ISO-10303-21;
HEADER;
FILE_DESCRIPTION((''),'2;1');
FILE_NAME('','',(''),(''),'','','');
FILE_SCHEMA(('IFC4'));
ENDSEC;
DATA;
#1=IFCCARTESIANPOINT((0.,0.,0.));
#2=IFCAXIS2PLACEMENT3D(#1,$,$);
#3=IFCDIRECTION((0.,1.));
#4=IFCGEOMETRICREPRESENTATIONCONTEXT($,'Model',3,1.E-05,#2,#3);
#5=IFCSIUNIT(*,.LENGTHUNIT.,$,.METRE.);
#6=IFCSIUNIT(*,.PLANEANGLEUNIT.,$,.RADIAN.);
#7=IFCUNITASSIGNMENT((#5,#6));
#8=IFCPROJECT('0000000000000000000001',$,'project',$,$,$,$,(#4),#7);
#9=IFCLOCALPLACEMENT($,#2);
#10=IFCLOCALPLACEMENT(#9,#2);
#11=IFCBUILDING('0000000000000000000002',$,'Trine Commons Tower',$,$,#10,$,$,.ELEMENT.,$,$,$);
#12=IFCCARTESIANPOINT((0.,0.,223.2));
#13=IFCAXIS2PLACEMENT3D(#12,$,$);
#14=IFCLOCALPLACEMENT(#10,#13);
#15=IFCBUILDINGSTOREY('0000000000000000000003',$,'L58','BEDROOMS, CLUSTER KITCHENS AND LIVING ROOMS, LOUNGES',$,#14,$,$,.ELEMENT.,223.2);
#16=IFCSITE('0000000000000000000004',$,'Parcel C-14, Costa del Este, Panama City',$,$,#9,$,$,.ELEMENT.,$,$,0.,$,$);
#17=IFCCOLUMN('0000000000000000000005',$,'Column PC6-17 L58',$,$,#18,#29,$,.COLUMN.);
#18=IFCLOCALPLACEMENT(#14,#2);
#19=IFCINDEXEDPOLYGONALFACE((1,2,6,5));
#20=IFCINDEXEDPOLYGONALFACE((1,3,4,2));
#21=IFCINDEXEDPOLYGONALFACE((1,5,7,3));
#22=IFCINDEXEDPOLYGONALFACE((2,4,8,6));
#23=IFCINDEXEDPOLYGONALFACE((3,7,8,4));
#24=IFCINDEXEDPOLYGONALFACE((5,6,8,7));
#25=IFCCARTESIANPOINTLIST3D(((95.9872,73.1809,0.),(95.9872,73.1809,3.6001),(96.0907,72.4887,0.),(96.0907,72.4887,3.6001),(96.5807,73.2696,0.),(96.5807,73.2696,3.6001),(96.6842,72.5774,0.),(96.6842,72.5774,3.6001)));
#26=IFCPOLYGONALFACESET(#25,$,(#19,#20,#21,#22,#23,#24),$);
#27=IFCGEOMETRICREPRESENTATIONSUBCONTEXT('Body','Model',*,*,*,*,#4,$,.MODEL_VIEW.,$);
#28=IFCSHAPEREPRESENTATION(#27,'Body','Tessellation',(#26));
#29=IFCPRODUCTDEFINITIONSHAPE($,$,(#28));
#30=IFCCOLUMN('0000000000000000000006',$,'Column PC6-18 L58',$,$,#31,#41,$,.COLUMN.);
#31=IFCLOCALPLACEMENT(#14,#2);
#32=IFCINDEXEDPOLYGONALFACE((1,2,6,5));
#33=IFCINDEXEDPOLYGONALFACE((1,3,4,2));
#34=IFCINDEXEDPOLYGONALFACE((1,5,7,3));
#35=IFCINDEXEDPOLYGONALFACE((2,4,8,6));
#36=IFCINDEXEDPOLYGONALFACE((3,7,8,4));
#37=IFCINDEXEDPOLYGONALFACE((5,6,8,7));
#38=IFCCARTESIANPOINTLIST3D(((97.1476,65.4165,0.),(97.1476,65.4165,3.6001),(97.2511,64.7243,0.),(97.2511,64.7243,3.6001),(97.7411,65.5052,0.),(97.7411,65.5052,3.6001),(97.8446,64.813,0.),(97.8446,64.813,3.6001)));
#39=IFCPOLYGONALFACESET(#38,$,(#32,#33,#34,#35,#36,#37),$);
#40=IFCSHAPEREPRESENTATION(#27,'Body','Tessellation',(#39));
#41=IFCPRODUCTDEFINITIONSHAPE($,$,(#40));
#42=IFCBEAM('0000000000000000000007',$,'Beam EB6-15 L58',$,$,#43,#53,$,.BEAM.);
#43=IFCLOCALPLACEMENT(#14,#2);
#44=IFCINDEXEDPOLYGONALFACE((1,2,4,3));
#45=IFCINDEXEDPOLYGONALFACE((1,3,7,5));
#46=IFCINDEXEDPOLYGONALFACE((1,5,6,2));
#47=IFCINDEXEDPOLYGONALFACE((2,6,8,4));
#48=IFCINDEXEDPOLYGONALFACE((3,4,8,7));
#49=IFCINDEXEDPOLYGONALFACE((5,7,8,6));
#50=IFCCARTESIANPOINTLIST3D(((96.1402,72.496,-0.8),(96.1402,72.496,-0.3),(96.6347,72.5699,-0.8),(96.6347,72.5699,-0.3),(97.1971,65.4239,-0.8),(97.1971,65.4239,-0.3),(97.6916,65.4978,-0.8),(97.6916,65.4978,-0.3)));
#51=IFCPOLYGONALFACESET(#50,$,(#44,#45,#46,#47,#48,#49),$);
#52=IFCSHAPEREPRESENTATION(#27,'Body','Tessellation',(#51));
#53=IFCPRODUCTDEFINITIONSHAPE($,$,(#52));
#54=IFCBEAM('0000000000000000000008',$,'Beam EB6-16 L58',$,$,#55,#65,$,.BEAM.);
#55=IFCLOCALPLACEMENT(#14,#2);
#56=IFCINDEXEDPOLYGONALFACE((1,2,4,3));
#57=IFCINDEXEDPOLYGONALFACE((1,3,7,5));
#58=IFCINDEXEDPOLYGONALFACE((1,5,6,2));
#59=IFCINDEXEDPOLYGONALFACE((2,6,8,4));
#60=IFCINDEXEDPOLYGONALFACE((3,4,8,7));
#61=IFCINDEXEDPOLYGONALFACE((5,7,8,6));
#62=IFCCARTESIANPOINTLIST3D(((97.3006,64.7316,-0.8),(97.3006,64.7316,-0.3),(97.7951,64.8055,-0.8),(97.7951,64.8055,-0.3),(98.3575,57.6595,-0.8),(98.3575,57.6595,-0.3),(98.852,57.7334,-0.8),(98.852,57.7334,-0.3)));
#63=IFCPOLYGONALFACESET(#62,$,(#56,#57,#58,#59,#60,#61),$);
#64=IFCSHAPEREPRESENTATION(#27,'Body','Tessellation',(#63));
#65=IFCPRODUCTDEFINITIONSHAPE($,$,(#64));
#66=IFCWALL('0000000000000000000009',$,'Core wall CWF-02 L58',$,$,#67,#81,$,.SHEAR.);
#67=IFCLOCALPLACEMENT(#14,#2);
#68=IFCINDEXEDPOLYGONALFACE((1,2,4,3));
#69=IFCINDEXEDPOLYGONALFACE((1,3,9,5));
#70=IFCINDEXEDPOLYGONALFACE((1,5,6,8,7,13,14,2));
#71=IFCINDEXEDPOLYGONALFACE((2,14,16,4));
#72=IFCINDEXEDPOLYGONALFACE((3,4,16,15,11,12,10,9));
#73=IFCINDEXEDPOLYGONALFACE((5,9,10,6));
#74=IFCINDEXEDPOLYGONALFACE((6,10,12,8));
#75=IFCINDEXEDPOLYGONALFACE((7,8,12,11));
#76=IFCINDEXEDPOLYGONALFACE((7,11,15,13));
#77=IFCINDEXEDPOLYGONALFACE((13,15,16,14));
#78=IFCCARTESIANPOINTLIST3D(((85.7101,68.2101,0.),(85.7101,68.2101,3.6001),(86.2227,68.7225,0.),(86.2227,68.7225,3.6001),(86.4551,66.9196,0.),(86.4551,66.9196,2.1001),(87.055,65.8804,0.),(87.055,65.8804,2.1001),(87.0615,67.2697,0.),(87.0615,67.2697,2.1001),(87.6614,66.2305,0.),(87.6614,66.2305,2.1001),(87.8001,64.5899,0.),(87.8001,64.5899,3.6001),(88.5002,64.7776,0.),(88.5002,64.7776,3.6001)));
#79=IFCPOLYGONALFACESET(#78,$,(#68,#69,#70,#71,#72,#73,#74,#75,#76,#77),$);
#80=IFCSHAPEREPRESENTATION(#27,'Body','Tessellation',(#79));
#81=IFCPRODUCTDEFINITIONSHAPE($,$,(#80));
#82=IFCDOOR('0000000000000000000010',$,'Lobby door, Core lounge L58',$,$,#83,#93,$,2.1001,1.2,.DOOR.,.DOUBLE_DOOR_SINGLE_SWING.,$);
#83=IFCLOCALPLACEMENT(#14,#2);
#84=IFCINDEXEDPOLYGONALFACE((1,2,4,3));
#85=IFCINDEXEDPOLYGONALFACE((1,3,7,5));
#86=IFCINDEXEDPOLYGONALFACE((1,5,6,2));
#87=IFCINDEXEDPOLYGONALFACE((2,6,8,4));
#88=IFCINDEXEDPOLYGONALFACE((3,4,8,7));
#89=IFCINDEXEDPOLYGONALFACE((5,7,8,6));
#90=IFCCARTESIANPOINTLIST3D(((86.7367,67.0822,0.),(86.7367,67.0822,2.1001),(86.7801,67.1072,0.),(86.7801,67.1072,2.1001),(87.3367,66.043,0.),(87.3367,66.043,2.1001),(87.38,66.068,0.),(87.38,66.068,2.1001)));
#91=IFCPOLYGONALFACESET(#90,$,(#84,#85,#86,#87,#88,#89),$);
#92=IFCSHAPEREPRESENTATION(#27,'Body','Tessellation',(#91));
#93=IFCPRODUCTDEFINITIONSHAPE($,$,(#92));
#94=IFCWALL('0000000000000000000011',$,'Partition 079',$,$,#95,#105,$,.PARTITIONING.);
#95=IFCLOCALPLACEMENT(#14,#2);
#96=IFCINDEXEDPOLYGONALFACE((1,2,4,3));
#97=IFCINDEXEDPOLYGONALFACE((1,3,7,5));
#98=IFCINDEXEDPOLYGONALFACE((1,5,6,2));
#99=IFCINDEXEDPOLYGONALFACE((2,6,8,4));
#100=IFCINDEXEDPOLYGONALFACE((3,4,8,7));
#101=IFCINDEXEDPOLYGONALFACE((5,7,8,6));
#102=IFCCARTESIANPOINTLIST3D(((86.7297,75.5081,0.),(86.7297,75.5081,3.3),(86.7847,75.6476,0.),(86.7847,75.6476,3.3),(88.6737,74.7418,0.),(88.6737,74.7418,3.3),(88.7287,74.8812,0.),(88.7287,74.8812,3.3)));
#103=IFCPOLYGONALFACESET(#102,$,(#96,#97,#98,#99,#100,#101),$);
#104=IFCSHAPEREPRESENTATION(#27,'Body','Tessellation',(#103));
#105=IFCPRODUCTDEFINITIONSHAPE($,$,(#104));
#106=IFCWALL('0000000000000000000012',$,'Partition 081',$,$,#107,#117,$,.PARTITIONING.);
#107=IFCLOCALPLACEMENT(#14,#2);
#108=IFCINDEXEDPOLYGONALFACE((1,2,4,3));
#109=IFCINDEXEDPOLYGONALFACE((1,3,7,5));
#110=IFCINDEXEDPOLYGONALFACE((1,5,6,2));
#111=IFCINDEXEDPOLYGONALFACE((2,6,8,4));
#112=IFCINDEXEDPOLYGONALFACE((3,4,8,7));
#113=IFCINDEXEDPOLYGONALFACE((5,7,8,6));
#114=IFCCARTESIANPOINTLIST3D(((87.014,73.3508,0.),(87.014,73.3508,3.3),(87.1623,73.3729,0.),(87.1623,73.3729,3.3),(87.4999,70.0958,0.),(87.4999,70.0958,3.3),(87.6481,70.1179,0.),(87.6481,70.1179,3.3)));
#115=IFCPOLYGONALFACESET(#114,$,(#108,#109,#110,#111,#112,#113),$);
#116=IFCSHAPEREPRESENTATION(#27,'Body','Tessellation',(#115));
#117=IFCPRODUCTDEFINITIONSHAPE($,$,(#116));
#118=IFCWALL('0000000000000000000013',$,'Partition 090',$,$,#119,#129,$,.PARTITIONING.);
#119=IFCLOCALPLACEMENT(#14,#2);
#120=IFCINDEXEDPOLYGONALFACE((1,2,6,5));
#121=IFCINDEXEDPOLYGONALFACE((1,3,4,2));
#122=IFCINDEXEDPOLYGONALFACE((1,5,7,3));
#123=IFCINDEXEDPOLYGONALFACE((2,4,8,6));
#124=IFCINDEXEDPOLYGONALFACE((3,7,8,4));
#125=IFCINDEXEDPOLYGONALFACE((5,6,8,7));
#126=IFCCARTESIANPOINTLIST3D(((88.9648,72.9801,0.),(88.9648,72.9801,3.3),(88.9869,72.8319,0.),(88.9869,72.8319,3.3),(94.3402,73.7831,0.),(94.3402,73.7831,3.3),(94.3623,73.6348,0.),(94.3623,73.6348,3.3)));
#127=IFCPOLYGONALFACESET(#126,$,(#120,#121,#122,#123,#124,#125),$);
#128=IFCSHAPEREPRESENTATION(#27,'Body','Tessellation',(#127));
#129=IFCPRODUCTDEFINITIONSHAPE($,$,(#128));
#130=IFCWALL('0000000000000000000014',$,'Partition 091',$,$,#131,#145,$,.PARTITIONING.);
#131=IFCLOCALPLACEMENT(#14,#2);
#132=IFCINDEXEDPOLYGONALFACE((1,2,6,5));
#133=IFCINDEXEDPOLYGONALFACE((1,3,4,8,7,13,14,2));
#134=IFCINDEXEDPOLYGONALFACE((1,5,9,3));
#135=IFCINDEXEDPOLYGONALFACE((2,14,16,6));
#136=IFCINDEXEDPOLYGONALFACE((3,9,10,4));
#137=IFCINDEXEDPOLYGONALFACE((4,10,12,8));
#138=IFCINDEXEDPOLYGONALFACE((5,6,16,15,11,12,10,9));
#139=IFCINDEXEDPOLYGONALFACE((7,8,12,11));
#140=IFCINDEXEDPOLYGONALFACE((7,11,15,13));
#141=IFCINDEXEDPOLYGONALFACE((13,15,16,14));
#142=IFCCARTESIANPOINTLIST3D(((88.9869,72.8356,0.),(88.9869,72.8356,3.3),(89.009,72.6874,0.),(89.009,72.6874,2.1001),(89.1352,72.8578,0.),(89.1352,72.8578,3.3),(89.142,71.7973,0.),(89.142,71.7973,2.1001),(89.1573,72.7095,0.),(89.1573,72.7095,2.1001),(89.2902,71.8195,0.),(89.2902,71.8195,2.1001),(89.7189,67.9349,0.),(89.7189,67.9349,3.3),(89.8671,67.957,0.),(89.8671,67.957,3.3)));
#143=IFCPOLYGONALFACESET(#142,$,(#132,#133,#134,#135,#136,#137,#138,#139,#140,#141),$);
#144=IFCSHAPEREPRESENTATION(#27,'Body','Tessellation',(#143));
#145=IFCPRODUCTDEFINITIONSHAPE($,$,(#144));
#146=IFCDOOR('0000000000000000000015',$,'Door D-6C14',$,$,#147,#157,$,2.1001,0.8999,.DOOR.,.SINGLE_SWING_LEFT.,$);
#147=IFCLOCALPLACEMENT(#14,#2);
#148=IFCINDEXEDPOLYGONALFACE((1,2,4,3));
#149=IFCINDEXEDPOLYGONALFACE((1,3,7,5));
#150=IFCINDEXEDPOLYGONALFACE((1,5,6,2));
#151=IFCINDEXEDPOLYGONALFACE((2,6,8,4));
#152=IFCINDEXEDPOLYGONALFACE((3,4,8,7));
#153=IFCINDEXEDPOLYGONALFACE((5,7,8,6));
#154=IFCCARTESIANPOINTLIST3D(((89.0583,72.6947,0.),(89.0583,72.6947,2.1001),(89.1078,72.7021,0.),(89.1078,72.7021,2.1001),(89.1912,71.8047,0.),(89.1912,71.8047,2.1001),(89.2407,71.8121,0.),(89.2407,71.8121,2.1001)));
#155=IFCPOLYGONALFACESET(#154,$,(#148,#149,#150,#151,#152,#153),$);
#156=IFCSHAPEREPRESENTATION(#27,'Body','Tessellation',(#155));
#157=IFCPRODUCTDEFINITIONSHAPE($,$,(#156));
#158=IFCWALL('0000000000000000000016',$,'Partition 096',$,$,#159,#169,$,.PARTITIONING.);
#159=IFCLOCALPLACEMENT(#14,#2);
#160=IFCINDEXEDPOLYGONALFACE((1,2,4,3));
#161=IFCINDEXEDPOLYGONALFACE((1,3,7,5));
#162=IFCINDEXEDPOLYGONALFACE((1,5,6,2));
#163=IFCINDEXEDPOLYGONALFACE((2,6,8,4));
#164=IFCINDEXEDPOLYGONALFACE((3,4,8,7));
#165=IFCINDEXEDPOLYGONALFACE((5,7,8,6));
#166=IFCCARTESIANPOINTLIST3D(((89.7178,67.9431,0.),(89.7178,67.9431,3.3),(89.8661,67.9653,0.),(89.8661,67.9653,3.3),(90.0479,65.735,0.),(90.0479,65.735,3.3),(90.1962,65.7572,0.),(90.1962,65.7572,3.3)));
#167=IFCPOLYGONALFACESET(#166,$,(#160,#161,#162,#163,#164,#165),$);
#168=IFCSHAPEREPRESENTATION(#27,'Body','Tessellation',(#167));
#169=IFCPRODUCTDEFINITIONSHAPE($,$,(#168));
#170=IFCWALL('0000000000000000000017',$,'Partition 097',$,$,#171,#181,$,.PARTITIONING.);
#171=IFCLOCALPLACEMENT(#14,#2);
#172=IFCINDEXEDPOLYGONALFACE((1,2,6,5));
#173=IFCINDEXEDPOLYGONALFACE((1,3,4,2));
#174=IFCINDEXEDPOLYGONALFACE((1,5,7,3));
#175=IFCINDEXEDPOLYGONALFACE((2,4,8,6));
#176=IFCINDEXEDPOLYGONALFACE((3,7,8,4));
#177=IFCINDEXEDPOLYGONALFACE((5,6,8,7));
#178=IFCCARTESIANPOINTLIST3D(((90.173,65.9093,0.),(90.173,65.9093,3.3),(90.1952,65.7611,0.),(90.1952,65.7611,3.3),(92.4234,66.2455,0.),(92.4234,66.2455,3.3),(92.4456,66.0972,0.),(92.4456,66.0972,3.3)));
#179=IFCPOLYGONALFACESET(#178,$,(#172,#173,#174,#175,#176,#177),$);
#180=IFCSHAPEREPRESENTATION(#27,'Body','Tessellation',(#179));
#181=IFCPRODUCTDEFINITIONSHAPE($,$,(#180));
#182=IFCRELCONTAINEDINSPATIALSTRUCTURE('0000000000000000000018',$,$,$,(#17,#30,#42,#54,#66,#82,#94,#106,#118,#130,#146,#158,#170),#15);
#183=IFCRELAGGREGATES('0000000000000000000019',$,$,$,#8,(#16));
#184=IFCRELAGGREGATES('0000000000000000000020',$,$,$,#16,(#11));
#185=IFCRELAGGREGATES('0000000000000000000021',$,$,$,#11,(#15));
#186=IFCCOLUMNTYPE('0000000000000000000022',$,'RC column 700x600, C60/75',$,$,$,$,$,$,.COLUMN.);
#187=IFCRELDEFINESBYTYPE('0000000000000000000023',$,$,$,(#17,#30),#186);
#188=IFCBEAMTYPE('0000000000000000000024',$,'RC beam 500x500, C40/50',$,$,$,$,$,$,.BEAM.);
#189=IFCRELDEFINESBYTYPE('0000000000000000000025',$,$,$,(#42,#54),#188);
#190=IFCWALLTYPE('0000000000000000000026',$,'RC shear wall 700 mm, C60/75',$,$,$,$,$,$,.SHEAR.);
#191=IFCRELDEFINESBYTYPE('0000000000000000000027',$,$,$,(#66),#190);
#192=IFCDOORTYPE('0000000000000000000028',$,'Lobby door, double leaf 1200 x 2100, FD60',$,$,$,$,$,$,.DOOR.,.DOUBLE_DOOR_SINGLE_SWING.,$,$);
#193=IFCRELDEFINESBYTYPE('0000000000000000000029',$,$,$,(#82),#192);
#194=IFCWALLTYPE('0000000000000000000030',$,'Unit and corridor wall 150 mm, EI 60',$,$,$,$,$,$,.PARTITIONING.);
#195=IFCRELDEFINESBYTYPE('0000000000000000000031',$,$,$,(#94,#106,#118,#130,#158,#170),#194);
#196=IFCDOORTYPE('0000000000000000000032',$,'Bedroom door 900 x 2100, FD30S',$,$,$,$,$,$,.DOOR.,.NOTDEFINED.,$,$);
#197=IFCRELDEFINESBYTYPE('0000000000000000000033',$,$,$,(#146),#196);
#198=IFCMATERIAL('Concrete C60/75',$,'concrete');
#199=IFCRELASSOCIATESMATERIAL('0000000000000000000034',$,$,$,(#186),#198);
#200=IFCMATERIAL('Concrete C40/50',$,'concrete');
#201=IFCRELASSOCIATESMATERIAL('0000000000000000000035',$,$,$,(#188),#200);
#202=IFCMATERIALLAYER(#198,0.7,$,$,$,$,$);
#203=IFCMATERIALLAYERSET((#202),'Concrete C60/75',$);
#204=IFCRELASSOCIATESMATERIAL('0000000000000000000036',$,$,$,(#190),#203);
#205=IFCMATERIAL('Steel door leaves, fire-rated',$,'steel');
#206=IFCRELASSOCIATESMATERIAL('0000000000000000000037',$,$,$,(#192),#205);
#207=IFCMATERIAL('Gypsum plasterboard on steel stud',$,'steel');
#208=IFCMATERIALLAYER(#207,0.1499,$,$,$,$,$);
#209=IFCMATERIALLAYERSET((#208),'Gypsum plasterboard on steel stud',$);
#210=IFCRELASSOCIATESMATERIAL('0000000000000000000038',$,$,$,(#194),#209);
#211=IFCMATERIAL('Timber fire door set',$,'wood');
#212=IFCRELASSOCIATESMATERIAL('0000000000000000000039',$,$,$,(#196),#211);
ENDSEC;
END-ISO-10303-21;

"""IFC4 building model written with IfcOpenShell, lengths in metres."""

from ifc_helpers import new_model, si_unit, direction, frame, frame_2d, origin, origin_2d, place, context, subcontext, project, spatial, polyline, rectangle, outline, extrude, material, layer, layer_set, material_profile, profile_set, type_object, element, fill, save


model = new_model("IFC4")

# Units and contexts
model_context = context("Model", 3, precision=1e-05, world=origin(), true_north=direction((0.0, 1.0)))
body_context = subcontext(model_context, "Body", "Model", "MODEL_VIEW")
ifc_project = project(units=[si_unit("LENGTHUNIT", "METRE"), si_unit("PLANEANGLEUNIT", "RADIAN")], contexts=[model_context])

# Site, building, storey
site_placement = place(None, origin())
site = spatial("IfcSite", under=ifc_project, at=site_placement, Name="Parcel C-14, Costa del Este, Panama City", CompositionType="ELEMENT", RefElevation=0.0)
building_placement = place(site_placement, origin())
building = spatial("IfcBuilding", under=site, at=building_placement, Name="Trine Commons Tower", CompositionType="ELEMENT")
storey_placement = place(building_placement, frame((0.0, 0.0, 223.2)))
storey = spatial("IfcBuildingStorey", under=building, at=storey_placement, Name="L58", Description="BEDROOMS, CLUSTER KITCHENS AND LIVING ROOMS, LOUNGES", CompositionType="ELEMENT", Elevation=223.2)

# Columns
ifc_material_1 = material(Name="Concrete C60/75", Category="concrete")
ifc_material_profile_1 = material_profile(ifc_material_1, rectangle(XDim=0.7, YDim=0.6001, at=origin_2d()), Name="RC 700x600")
ifc_profile_set_1 = profile_set([ifc_material_profile_1], Name="Concrete C60/75")
column_type = type_object("IfcColumnType", Name="RC column 700x600, C60/75", PredefinedType="COLUMN", material=ifc_profile_set_1)
for number, where, z_axis, x_axis, name in (
    (1, (96.3357, 72.8792, 0.0), (0.0, 0.0, 1.0), (-0.147809, 0.989016, 0.0), "Column PC6-17 L58"),
    (2, (97.4961, 65.1147, 0.0), (0.0, 0.0, 1.0), (-0.147809, 0.989016, 0.0), "Column PC6-18 L58"),
):
    element("IfcColumn", number, at=place(storey_placement, frame(where, z_axis=z_axis, x_axis=x_axis)), inside=storey, type_object=column_type, Name=name, PredefinedType="COLUMN", context=body_context, shape_type="SweptSolid", body=[
        extrude(rectangle(XDim=0.7, YDim=0.6001, at=origin_2d()), origin(), (0.0, 0.0, 1.0), 3.6001),
    ])

# Beams
ifc_material_2 = material(Name="Concrete C40/50", Category="concrete")
ifc_material_profile_2 = material_profile(ifc_material_2, rectangle(XDim=0.5, YDim=0.5, at=origin_2d()), Name="RC 500x500")
ifc_profile_set_2 = profile_set([ifc_material_profile_2], Name="Concrete C40/50")
beam_type = type_object("IfcBeamType", Name="RC beam 500x500, C40/50", PredefinedType="BEAM", material=ifc_profile_set_2)
for number, where, z_axis, x_axis, name in (
    (3, (96.3875, 72.533, -0.55), (0.147804, -0.989017, 0.0), (0.989017, 0.147804, 0.0), "Beam EB6-15 L58"),
    (4, (97.5479, 64.7686, -0.55), (0.147804, -0.989017, 0.0), (0.989017, 0.147804, 0.0), "Beam EB6-16 L58"),
):
    element("IfcBeam", number, at=place(storey_placement, frame(where, z_axis=z_axis, x_axis=x_axis)), inside=storey, type_object=beam_type, Name=name, PredefinedType="BEAM", context=body_context, shape_type="SweptSolid", body=[
        extrude(rectangle(XDim=0.5, YDim=0.5, at=origin_2d()), origin(), (0.0, 0.0, 1.0), 7.1506),
    ])

# Wall, opening, door
ifc_layer_1 = layer(ifc_material_1, 0.7)
ifc_layer_set_1 = layer_set([ifc_layer_1], Name="Concrete C60/75")
wall_type_1 = type_object("IfcWallType", Name="RC shear wall 700 mm, C60/75", PredefinedType="SHEAR", material=ifc_layer_set_1)
wall_1_placement = place(storey_placement, frame((88.197, 64.6025, 0.0), z_axis=(0.0, 0.0, 1.0), x_axis=(-0.499984, 0.866035, 0.0)))
wall_1 = element("IfcWall", 5, at=wall_1_placement, inside=storey, type_object=wall_type_1, Name="Core wall CWF-02 L58", PredefinedType="SHEAR", context=body_context, shape_type="SweptSolid", body=[
    extrude(outline(polyline([(0.0, -0.3501), (4.5552, -0.3501), (4.3677, 0.3501), (0.1875, 0.3501), (0.0, -0.3501)])), origin(), (0.0, 0.0, 1.0), 3.6001),
])
opening_1_placement = place(wall_1_placement, frame((1.6775, 0.0, 0.0)))
opening_1 = element("IfcOpeningElement", 6, at=opening_1_placement, cuts=wall_1, PredefinedType="OPENING", context=body_context, shape_type="SweptSolid", body=[
    extrude(rectangle(XDim=1.2, YDim=2.1001, at=frame_2d((0.6001, 1.05))), frame((0.0, 0.3599, 0.0), z_axis=(0.0, -1.0, 0.0), x_axis=(1.0, 0.0, 0.0)), (0.0, 0.0, 1.0), 0.72),
])
ifc_material_3 = material(Name="Steel door leaves, fire-rated", Category="steel")
door_type_1 = type_object("IfcDoorType", Name="Lobby door, double leaf 1200 x 2100, FD60", OperationType="DOUBLE_DOOR_SINGLE_SWING", PredefinedType="DOOR", material=ifc_material_3)
door_1_placement = place(opening_1_placement, origin())
door_1 = element("IfcDoor", 7, at=door_1_placement, inside=storey, type_object=door_type_1, Name="Lobby door, Core lounge L58", OperationType="DOUBLE_DOOR_SINGLE_SWING", OverallHeight=2.1001, OverallWidth=1.2, PredefinedType="DOOR", context=body_context, shape_type="SweptSolid", body=[
    extrude(rectangle(XDim=1.2, YDim=2.1001, at=frame_2d((0.6001, 1.05))), frame((0.0, 0.0249, 0.0), z_axis=(0.0, -1.0, 0.0), x_axis=(1.0, 0.0, 0.0)), (0.0, 0.0, 1.0), 0.05),
])
fill(opening_1, door_1)

# Walls
ifc_material_4 = material(Name="Gypsum plasterboard on steel stud", Category="steel")
ifc_layer_2 = layer(ifc_material_4, 0.1499)
ifc_layer_set_2 = layer_set([ifc_layer_2], Name="Gypsum plasterboard on steel stud")
wall_type_2 = type_object("IfcWallType", Name="Unit and corridor wall 150 mm, EI 60", PredefinedType="PARTITIONING", material=ifc_layer_set_2)
wall_2_placement = place(storey_placement, frame((86.7571, 75.5779, 0.0), z_axis=(0.0, 0.0, 1.0), x_axis=(0.930326, -0.366733, 0.0)))
element("IfcWall", 8, at=wall_2_placement, inside=storey, type_object=wall_type_2, Name="Partition 079", PredefinedType="PARTITIONING", context=body_context, shape_type="SweptSolid", body=[
    extrude(rectangle(XDim=2.0896, YDim=0.1499, at=frame_2d((1.0449, 0.0))), origin(), (0.0, 0.0, 1.0), 3.3),
])
wall_3_placement = place(storey_placement, frame((87.0881, 73.3618, 0.0), z_axis=(0.0, 0.0, 1.0), x_axis=(0.147629, -0.989043, 0.0)))
element("IfcWall", 9, at=wall_3_placement, inside=storey, type_object=wall_type_2, Name="Partition 081", PredefinedType="PARTITIONING", context=body_context, shape_type="SweptSolid", body=[
    extrude(rectangle(XDim=3.291, YDim=0.1499, at=frame_2d((1.6455, 0.0))), origin(), (0.0, 0.0, 1.0), 3.3),
])
wall_4_placement = place(storey_placement, frame((88.9758, 72.906, 0.0), z_axis=(0.0, 0.0, 1.0), x_axis=(0.989026, 0.147739, 0.0)))
element("IfcWall", 10, at=wall_4_placement, inside=storey, type_object=wall_type_2, Name="Partition 090", PredefinedType="PARTITIONING", context=body_context, shape_type="SweptSolid", body=[
    extrude(rectangle(XDim=5.4351, YDim=0.1499, at=frame_2d((2.7175, 0.0))), origin(), (0.0, 0.0, 1.0), 3.3),
])

# Wall, opening, door
wall_5_placement = place(storey_placement, frame((89.061, 72.8467, 0.0), z_axis=(0.0, 0.0, 1.0), x_axis=(0.147716, -0.98903, 0.0)))
wall_5 = element("IfcWall", 11, at=wall_5_placement, inside=storey, type_object=wall_type_2, Name="Partition 091", PredefinedType="PARTITIONING", context=body_context, shape_type="SweptSolid", body=[
    extrude(rectangle(XDim=4.9551, YDim=0.1499, at=frame_2d((2.4775, 0.0))), origin(), (0.0, 0.0, 1.0), 3.3),
])
opening_2_placement = place(wall_5_placement, frame((0.1499, 0.0, 0.0)))
opening_2 = element("IfcOpeningElement", 12, at=opening_2_placement, cuts=wall_5, PredefinedType="OPENING", context=body_context, shape_type="SweptSolid", body=[
    extrude(rectangle(XDim=0.8999, YDim=2.1001, at=frame_2d((0.45, 1.05))), frame((0.0, 0.085, 0.0), z_axis=(0.0, -1.0, 0.0), x_axis=(1.0, 0.0, 0.0)), (0.0, 0.0, 1.0), 0.1699),
])
ifc_material_5 = material(Name="Timber fire door set", Category="wood")
door_type_2 = type_object("IfcDoorType", Name="Bedroom door 900 x 2100, FD30S", OperationType="NOTDEFINED", PredefinedType="DOOR", material=ifc_material_5)
door_2_placement = place(opening_2_placement, origin())
door_2 = element("IfcDoor", 13, at=door_2_placement, inside=storey, type_object=door_type_2, Name="Door D-6C14", OperationType="SINGLE_SWING_LEFT", OverallHeight=2.1001, OverallWidth=0.8999, PredefinedType="DOOR", context=body_context, shape_type="SweptSolid", body=[
    extrude(rectangle(XDim=0.8999, YDim=2.1001, at=frame_2d((0.45, 1.05))), frame((0.0, 0.0249, 0.0), z_axis=(0.0, -1.0, 0.0), x_axis=(1.0, 0.0, 0.0)), (0.0, 0.0, 1.0), 0.05),
])
fill(opening_2, door_2)

# Walls
wall_6_placement = place(storey_placement, frame((89.792, 67.9541, 0.0), z_axis=(0.0, 0.0, 1.0), x_axis=(0.147832, -0.989012, 0.0)))
element("IfcWall", 14, at=wall_6_placement, inside=storey, type_object=wall_type_2, Name="Partition 096", PredefinedType="PARTITIONING", context=body_context, shape_type="SweptSolid", body=[
    extrude(rectangle(XDim=2.2327, YDim=0.1499, at=frame_2d((1.1162, 0.0))), origin(), (0.0, 0.0, 1.0), 3.3),
])
wall_7_placement = place(storey_placement, frame((90.1841, 65.8352, 0.0), z_axis=(0.0, 0.0, 1.0), x_axis=(0.989026, 0.147742, 0.0)))
element("IfcWall", 15, at=wall_7_placement, inside=storey, type_object=wall_type_2, Name="Partition 097", PredefinedType="PARTITIONING", context=body_context, shape_type="SweptSolid", body=[
    extrude(rectangle(XDim=2.2754, YDim=0.1499, at=frame_2d((1.1377, 0.0))), origin(), (0.0, 0.0, 1.0), 3.3),
])

save(model, "model.ifc")
